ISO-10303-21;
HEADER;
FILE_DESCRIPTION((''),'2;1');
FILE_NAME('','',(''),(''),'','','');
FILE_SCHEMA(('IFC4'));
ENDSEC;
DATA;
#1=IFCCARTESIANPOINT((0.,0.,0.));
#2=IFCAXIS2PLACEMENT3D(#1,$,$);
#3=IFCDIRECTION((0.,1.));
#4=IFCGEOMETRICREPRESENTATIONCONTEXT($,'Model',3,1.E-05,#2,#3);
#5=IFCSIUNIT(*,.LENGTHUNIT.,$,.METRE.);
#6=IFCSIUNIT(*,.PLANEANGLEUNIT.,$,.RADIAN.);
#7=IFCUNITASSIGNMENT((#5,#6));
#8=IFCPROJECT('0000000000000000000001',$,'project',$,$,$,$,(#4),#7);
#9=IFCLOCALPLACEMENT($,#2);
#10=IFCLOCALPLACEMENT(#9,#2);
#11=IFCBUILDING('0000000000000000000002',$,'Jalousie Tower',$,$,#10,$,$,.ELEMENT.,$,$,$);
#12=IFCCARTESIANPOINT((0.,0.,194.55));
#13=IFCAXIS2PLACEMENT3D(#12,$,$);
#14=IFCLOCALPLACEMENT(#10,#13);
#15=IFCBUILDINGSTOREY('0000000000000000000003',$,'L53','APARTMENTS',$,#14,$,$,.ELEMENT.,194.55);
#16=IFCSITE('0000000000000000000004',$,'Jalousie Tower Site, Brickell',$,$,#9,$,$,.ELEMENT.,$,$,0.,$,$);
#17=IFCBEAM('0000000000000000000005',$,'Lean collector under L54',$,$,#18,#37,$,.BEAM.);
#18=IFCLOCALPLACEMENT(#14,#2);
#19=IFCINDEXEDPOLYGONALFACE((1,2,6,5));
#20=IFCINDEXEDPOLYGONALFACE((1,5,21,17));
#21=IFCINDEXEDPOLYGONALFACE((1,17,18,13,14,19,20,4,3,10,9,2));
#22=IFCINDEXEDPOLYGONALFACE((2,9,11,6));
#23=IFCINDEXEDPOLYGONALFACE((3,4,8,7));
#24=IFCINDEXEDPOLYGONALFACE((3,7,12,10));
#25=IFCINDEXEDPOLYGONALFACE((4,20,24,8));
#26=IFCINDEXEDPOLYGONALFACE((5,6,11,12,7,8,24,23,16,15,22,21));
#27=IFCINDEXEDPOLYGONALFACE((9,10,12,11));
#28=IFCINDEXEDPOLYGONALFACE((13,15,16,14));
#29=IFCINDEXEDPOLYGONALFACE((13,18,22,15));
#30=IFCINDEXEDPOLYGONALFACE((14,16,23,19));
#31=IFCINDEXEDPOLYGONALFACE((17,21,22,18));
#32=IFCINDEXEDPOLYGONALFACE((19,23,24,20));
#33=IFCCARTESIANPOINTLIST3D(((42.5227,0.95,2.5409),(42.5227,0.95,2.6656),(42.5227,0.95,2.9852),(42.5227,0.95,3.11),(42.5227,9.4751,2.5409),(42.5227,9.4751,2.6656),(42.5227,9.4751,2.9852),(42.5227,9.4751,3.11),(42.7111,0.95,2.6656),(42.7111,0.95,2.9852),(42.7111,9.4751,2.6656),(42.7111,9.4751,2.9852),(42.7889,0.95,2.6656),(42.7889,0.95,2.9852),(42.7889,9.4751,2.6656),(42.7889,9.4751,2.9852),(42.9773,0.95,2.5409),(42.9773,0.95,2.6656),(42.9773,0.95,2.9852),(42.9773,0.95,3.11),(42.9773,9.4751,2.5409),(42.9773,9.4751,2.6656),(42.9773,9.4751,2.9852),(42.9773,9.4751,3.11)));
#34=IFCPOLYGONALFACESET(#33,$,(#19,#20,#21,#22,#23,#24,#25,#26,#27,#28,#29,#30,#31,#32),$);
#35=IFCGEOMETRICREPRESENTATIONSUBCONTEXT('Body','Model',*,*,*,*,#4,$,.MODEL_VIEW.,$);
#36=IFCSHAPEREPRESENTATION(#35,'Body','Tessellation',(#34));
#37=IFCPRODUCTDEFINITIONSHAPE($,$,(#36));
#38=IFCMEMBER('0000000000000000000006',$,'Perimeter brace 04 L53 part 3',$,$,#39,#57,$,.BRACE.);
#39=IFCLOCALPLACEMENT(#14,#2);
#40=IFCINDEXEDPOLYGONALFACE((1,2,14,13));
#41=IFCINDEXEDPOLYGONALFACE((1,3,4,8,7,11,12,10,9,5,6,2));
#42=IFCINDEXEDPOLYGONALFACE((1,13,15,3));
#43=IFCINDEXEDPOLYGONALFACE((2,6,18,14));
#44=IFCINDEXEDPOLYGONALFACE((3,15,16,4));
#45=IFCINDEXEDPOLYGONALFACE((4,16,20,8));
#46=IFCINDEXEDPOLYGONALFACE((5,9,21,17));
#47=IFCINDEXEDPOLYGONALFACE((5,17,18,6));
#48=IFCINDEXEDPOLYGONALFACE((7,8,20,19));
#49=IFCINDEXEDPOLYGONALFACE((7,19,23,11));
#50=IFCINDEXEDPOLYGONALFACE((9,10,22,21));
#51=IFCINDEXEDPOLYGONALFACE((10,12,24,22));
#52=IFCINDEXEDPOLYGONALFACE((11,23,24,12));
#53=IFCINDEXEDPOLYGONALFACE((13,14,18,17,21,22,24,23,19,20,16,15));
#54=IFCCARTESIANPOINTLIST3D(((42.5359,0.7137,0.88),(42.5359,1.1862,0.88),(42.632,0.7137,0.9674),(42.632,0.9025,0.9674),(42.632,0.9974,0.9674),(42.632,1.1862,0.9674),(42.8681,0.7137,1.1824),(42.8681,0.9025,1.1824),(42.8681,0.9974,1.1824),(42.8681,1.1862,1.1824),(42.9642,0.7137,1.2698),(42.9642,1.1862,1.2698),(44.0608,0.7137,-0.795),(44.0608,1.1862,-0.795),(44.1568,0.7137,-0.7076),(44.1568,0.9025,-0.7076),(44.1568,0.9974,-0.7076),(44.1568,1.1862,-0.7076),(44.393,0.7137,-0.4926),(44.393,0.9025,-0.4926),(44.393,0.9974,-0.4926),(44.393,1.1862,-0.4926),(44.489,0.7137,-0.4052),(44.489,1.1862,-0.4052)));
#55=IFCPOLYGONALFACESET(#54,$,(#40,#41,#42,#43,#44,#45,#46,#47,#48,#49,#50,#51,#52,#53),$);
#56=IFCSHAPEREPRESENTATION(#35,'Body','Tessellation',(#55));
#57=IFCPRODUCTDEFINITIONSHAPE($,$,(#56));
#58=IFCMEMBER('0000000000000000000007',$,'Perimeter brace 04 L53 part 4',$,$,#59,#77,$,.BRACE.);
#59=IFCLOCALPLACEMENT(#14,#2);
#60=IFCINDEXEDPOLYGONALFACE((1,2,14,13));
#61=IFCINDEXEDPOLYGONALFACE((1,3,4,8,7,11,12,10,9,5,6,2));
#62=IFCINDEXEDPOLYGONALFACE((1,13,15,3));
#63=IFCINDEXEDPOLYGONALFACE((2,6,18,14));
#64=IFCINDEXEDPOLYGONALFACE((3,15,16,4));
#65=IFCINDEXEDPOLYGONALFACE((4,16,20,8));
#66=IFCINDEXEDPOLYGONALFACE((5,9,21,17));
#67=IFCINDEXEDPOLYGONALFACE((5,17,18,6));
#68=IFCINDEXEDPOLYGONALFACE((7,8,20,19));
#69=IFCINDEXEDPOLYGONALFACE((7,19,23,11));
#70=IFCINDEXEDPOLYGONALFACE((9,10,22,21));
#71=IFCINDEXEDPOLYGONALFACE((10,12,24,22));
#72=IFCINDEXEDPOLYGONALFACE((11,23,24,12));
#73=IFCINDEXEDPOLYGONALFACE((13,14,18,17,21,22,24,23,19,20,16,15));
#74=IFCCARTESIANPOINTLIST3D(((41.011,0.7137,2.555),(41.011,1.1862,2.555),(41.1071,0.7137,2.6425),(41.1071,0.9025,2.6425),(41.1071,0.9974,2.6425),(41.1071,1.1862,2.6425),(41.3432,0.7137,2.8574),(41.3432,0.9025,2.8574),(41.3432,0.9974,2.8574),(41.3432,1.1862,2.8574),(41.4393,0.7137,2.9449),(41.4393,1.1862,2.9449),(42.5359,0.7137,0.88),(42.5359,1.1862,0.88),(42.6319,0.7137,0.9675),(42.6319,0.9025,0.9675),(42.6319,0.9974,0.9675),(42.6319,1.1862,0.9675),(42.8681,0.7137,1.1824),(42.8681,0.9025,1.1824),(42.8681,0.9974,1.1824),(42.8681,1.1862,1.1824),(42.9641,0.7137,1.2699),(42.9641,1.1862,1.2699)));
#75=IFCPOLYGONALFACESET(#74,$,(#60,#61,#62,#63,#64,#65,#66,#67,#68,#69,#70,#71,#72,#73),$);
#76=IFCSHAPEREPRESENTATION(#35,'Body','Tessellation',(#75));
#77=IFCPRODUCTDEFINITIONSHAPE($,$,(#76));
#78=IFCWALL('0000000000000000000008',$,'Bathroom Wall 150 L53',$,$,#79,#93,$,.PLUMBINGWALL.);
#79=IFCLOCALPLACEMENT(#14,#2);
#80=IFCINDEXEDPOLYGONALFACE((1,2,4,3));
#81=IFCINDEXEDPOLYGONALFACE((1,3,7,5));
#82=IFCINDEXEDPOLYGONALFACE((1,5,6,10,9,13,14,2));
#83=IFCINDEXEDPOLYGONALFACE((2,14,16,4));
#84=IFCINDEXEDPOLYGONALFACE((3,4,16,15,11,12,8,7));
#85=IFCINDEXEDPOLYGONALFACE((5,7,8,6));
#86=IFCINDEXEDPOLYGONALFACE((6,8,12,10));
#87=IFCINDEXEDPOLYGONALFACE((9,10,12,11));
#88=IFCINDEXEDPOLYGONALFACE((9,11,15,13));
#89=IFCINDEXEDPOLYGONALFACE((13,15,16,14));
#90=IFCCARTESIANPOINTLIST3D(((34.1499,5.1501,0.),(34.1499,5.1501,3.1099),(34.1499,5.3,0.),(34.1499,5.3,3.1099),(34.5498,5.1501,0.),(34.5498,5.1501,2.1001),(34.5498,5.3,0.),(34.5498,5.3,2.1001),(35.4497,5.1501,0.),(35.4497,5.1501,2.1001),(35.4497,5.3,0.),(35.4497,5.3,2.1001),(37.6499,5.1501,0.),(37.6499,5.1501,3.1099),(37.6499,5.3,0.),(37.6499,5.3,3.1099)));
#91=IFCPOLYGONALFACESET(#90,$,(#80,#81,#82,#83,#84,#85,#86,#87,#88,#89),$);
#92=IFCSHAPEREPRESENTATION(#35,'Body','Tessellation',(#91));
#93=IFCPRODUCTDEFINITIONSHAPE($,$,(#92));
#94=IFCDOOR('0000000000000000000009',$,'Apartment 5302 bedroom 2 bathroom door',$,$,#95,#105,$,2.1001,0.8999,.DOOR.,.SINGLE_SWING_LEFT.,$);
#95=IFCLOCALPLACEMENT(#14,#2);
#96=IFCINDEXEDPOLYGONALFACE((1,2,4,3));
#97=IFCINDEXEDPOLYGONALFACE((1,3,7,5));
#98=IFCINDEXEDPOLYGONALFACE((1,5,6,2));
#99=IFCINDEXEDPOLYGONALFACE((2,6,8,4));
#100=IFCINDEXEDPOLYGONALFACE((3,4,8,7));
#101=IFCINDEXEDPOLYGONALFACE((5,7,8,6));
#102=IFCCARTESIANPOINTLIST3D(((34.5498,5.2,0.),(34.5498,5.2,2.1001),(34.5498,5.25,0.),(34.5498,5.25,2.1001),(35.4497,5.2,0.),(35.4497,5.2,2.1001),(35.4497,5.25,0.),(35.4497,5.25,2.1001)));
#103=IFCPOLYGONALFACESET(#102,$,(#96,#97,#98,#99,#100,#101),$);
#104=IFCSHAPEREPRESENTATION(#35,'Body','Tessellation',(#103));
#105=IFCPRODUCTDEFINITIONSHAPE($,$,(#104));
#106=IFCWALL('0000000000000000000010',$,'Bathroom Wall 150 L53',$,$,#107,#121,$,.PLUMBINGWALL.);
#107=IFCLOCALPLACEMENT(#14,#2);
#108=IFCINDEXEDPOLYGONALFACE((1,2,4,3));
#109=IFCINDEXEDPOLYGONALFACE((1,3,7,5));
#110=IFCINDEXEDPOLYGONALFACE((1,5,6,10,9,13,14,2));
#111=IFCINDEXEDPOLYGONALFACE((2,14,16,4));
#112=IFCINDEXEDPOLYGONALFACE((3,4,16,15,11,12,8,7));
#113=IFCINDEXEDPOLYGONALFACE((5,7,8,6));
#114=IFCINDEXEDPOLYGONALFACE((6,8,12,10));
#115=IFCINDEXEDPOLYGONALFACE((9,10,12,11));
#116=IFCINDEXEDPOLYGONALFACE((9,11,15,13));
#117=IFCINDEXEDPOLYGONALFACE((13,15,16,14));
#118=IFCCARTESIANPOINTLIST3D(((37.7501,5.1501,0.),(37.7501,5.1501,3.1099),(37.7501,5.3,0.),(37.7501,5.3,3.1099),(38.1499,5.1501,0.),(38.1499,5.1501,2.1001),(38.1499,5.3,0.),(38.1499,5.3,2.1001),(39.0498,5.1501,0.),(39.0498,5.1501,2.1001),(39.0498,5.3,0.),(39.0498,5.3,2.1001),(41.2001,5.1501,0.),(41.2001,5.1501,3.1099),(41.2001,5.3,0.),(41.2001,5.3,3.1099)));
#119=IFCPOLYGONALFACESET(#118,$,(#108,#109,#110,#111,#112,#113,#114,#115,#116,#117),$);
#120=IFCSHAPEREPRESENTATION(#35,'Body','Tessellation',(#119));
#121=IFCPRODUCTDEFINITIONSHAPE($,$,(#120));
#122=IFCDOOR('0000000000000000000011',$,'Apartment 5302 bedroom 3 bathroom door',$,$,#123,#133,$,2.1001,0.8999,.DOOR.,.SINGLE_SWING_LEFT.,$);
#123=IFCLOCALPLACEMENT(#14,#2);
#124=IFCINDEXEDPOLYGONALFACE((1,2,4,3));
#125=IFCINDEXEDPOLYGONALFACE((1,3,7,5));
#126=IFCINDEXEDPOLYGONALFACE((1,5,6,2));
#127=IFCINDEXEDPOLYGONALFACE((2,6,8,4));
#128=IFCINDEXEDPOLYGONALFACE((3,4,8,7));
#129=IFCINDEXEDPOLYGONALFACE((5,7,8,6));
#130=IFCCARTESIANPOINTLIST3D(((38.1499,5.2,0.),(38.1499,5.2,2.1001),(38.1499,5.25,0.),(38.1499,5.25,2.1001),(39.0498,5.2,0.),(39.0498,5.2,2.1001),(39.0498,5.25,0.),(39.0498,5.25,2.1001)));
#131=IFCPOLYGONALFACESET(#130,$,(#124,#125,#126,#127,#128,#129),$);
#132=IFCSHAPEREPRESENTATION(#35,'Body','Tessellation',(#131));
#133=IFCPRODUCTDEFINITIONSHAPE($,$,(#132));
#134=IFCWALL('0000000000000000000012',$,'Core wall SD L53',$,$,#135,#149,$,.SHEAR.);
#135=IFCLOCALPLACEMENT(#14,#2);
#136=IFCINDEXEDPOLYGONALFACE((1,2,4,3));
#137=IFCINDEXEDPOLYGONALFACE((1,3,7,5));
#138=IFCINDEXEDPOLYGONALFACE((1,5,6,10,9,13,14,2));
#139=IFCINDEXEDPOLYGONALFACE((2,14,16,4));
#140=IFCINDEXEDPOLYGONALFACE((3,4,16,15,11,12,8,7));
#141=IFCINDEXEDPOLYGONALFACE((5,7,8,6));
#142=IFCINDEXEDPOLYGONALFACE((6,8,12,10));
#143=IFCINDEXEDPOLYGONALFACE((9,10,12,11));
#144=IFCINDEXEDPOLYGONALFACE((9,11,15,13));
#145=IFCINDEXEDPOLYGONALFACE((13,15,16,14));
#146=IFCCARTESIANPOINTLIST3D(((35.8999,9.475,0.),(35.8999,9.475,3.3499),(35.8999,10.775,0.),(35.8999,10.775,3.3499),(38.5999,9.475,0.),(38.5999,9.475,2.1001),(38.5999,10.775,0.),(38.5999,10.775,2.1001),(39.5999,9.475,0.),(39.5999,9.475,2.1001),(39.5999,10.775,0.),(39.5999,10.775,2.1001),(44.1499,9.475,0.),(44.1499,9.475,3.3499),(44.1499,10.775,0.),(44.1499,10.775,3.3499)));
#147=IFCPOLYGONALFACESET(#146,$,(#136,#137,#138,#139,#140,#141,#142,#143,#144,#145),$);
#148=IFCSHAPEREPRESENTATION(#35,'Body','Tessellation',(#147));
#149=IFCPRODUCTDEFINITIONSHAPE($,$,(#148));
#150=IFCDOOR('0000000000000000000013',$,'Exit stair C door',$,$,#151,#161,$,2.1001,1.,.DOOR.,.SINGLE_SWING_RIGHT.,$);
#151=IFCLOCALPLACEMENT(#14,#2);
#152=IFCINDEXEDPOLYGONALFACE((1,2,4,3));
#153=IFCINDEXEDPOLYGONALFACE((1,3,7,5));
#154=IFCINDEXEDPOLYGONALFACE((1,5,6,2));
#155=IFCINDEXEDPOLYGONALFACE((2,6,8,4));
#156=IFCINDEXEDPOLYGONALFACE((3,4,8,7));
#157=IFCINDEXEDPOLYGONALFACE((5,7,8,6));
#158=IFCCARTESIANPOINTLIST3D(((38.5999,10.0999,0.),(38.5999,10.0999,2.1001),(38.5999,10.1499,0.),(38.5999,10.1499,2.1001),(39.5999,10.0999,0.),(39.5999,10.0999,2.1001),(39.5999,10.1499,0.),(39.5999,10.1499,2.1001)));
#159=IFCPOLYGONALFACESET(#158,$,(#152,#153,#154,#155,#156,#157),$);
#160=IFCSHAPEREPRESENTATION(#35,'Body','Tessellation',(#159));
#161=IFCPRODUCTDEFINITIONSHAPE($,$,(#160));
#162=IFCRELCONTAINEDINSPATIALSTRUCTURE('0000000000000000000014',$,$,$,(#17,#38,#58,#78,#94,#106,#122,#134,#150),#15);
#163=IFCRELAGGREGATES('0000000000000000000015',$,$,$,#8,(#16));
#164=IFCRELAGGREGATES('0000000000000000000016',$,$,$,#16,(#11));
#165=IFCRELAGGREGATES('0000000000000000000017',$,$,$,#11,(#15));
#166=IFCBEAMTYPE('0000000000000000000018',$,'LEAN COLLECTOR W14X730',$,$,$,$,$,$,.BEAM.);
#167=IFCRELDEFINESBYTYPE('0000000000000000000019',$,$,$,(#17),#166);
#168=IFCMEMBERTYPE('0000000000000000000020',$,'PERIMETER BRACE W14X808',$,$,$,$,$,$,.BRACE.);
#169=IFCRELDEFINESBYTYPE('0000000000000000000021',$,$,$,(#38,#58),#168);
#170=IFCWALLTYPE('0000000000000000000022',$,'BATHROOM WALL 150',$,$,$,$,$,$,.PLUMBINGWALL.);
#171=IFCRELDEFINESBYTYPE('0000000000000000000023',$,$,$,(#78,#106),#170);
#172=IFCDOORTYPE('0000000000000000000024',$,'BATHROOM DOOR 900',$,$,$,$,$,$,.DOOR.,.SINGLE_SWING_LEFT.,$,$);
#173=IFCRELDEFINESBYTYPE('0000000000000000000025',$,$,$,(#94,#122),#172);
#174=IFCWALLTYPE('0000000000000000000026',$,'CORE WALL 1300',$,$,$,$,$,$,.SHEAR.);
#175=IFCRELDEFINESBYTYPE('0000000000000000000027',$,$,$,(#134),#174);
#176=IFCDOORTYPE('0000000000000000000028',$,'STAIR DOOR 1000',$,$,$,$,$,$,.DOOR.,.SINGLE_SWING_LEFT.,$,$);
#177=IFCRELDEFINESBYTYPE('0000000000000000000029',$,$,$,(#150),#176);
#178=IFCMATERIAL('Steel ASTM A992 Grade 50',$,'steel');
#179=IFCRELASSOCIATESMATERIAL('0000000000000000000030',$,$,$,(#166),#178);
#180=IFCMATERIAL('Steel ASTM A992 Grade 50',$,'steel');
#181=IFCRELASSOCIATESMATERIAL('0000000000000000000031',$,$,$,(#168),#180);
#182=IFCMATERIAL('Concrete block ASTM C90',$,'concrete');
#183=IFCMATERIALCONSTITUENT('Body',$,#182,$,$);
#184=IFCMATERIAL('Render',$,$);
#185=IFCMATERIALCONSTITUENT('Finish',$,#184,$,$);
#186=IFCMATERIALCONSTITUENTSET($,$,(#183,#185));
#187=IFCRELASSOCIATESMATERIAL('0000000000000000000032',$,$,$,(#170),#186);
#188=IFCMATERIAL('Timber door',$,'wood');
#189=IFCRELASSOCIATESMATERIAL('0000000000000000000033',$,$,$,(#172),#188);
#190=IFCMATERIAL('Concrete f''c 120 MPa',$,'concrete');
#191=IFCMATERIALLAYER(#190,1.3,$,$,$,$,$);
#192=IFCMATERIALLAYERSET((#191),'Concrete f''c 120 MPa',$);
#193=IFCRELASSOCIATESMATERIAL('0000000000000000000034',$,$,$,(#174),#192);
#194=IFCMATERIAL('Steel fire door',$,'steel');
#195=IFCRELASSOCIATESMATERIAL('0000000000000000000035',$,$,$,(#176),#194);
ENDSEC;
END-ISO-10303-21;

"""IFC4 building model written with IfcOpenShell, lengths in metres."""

from ifc_helpers import new_model, si_unit, direction, frame, frame_2d, origin, origin_2d, place, context, subcontext, project, spatial, rectangle, i_section, extrude, material, layer, layer_set, constituent, constituent_set, material_profile, profile_set, type_object, element, fill, save


model = new_model("IFC4")

# Units and contexts
model_context = context("Model", 3, precision=1e-05, world=origin(), true_north=direction((0.0, 1.0)))
body_context = subcontext(model_context, "Body", "Model", "MODEL_VIEW")
ifc_project = project(units=[si_unit("LENGTHUNIT", "METRE"), si_unit("PLANEANGLEUNIT", "RADIAN")], contexts=[model_context])

# Site, building, storey
site_placement = place(None, origin())
site = spatial("IfcSite", under=ifc_project, at=site_placement, Name="Jalousie Tower Site, Brickell", CompositionType="ELEMENT", RefElevation=0.0)
building_placement = place(site_placement, origin())
building = spatial("IfcBuilding", under=site, at=building_placement, Name="Jalousie Tower", CompositionType="ELEMENT")
storey_placement = place(building_placement, frame((0.0, 0.0, 194.55)))
storey = spatial("IfcBuildingStorey", under=building, at=storey_placement, Name="L53", Description="APARTMENTS", CompositionType="ELEMENT", Elevation=194.55)

# Beam
ifc_material_1 = material(Name="Steel ASTM A992 Grade 50", Category="steel")
ifc_material_profile_1 = material_profile(ifc_material_1, i_section(OverallWidth=0.4546, OverallDepth=0.5691, WebThickness=0.0779, FlangeThickness=0.1248, at=origin_2d()), Name="W14X730")
ifc_profile_set_1 = profile_set([ifc_material_profile_1], Name="Steel ASTM A992 Grade 50")
beam_type = type_object("IfcBeamType", Name="LEAN COLLECTOR W14X730", PredefinedType="BEAM", material=ifc_profile_set_1)
beam_placement = place(storey_placement, frame((42.75, 0.95, 2.8254), z_axis=(0.0, 1.0, 0.0), x_axis=(-1.0, 0.0, 0.0)))
element("IfcBeam", 1, at=beam_placement, inside=storey, type_object=beam_type, Name="Lean collector under L54", PredefinedType="BEAM", context=body_context, shape_type="SweptSolid", body=[
    extrude(i_section(OverallWidth=0.4546, OverallDepth=0.5691, WebThickness=0.0779, FlangeThickness=0.1248, at=origin_2d()), origin(), (0.0, 0.0, 1.0), 8.5251),
])

# Members
ifc_material_2 = material(Name="Steel ASTM A992 Grade 50", Category="steel")
ifc_material_profile_2 = material_profile(ifc_material_2, i_section(OverallWidth=0.4724, OverallDepth=0.5791, WebThickness=0.095, FlangeThickness=0.1299, at=origin_2d()), Name="W14X808")
ifc_profile_set_2 = profile_set([ifc_material_profile_2], Name="Steel ASTM A992 Grade 50")
member_type = type_object("IfcMemberType", Name="PERIMETER BRACE W14X808", PredefinedType="BRACE", material=ifc_profile_set_2)
for number, where, z_axis, x_axis, name in (
    (2, (44.2749, 0.95, -0.6001), (-0.673188, 0.0, 0.739472), (0.0, -1.0, 0.0), "Perimeter brace 04 L53 part 3"),
    (3, (42.75, 0.95, 1.075), (-0.673188, 0.0, 0.739472), (0.0, -1.0, 0.0), "Perimeter brace 04 L53 part 4"),
):
    element("IfcMember", number, at=place(storey_placement, frame(where, z_axis=z_axis, x_axis=x_axis)), inside=storey, type_object=member_type, Name=name, PredefinedType="BRACE", context=body_context, shape_type="SweptSolid", body=[
        extrude(i_section(OverallWidth=0.4724, OverallDepth=0.5791, WebThickness=0.095, FlangeThickness=0.1299, at=origin_2d()), origin(), (0.0, 0.0, 1.0), 2.2651),
    ])

# Walls, openings, doors
ifc_material_3 = material(Name="Concrete block ASTM C90", Category="concrete")
ifc_constituent_1 = constituent(ifc_material_3, Name="Body")
ifc_material_4 = material(Name="Render")
ifc_constituent_2 = constituent(ifc_material_4, Name="Finish")
ifc_constituent_set_1 = constituent_set(constituents=[ifc_constituent_1, ifc_constituent_2])
wall_type_1 = type_object("IfcWallType", Name="BATHROOM WALL 150", PredefinedType="PLUMBINGWALL", material=ifc_constituent_set_1)
wall_1_placement = place(storey_placement, frame((34.1499, 5.2251, 0.0), z_axis=(0.0, 0.0, 1.0), x_axis=(1.0, 0.0, 0.0)))
wall_1 = element("IfcWall", 4, at=wall_1_placement, inside=storey, type_object=wall_type_1, Name="Bathroom Wall 150 L53", PredefinedType="PLUMBINGWALL", context=body_context, shape_type="SweptSolid", body=[
    extrude(rectangle(XDim=3.5, YDim=0.1499, at=frame_2d((1.75, 0.0))), origin(), (0.0, 0.0, 1.0), 3.1099),
])
opening_1_placement = place(wall_1_placement, frame((0.3999, 0.0, 0.0)))
opening_1 = element("IfcOpeningElement", 5, at=opening_1_placement, cuts=wall_1, PredefinedType="OPENING", context=body_context, shape_type="SweptSolid", body=[
    extrude(rectangle(XDim=0.8999, YDim=2.1001, at=frame_2d((0.45, 1.05))), frame((0.0, 0.085, 0.0), z_axis=(0.0, -1.0, 0.0), x_axis=(1.0, 0.0, 0.0)), (0.0, 0.0, 1.0), 0.1699),
])
ifc_material_5 = material(Name="Timber door", Category="wood")
door_type_1 = type_object("IfcDoorType", Name="BATHROOM DOOR 900", OperationType="SINGLE_SWING_LEFT", PredefinedType="DOOR", material=ifc_material_5)
door_1_placement = place(opening_1_placement, origin())
door_1 = element("IfcDoor", 6, at=door_1_placement, inside=storey, type_object=door_type_1, Name="Apartment 5302 bedroom 2 bathroom door", OperationType="SINGLE_SWING_LEFT", OverallHeight=2.1001, OverallWidth=0.8999, PredefinedType="DOOR", context=body_context, shape_type="SweptSolid", body=[
    extrude(rectangle(XDim=0.8999, YDim=2.1001, at=frame_2d((0.45, 1.05))), frame((0.0, 0.0249, 0.0), z_axis=(0.0, -1.0, 0.0), x_axis=(1.0, 0.0, 0.0)), (0.0, 0.0, 1.0), 0.05),
])
fill(opening_1, door_1)
wall_2_placement = place(storey_placement, frame((37.75, 5.2251, 0.0), z_axis=(0.0, 0.0, 1.0), x_axis=(1.0, 0.0, 0.0)))
wall_2 = element("IfcWall", 7, at=wall_2_placement, inside=storey, type_object=wall_type_1, Name="Bathroom Wall 150 L53", PredefinedType="PLUMBINGWALL", context=body_context, shape_type="SweptSolid", body=[
    extrude(rectangle(XDim=3.45, YDim=0.1499, at=frame_2d((1.7251, 0.0))), origin(), (0.0, 0.0, 1.0), 3.1099),
])
opening_2_placement = place(wall_2_placement, frame((0.3999, 0.0, 0.0)))
opening_2 = element("IfcOpeningElement", 8, at=opening_2_placement, cuts=wall_2, PredefinedType="OPENING", context=body_context, shape_type="SweptSolid", body=[
    extrude(rectangle(XDim=0.8999, YDim=2.1001, at=frame_2d((0.45, 1.05))), frame((0.0, 0.085, 0.0), z_axis=(0.0, -1.0, 0.0), x_axis=(1.0, 0.0, 0.0)), (0.0, 0.0, 1.0), 0.1699),
])
door_2_placement = place(opening_2_placement, origin())
door_2 = element("IfcDoor", 9, at=door_2_placement, inside=storey, type_object=door_type_1, Name="Apartment 5302 bedroom 3 bathroom door", OperationType="SINGLE_SWING_LEFT", OverallHeight=2.1001, OverallWidth=0.8999, PredefinedType="DOOR", context=body_context, shape_type="SweptSolid", body=[
    extrude(rectangle(XDim=0.8999, YDim=2.1001, at=frame_2d((0.45, 1.05))), frame((0.0, 0.0249, 0.0), z_axis=(0.0, -1.0, 0.0), x_axis=(1.0, 0.0, 0.0)), (0.0, 0.0, 1.0), 0.05),
])
fill(opening_2, door_2)
ifc_material_6 = material(Name="Concrete f'c 120 MPa", Category="concrete")
ifc_layer_1 = layer(ifc_material_6, 1.3)
ifc_layer_set_1 = layer_set([ifc_layer_1], Name="Concrete f'c 120 MPa")
wall_type_2 = type_object("IfcWallType", Name="CORE WALL 1300", PredefinedType="SHEAR", material=ifc_layer_set_1)
wall_3_placement = place(storey_placement, frame((35.8999, 10.125, 0.0), z_axis=(0.0, 0.0, 1.0), x_axis=(1.0, 0.0, 0.0)))
wall_3 = element("IfcWall", 10, at=wall_3_placement, inside=storey, type_object=wall_type_2, Name="Core wall SD L53", PredefinedType="SHEAR", context=body_context, shape_type="SweptSolid", body=[
    extrude(rectangle(XDim=8.25, YDim=1.3, at=frame_2d((4.125, 0.0))), origin(), (0.0, 0.0, 1.0), 3.3499),
])
opening_3_placement = place(wall_3_placement, frame((2.7, 0.0, 0.0)))
opening_3 = element("IfcOpeningElement", 11, at=opening_3_placement, cuts=wall_3, PredefinedType="OPENING", context=body_context, shape_type="SweptSolid", body=[
    extrude(rectangle(XDim=1.0, YDim=2.1001, at=frame_2d((0.5, 1.05))), frame((0.0, 0.6599, 0.0), z_axis=(0.0, -1.0, 0.0), x_axis=(1.0, 0.0, 0.0)), (0.0, 0.0, 1.0), 1.3201),
])
ifc_material_7 = material(Name="Steel fire door", Category="steel")
door_type_2 = type_object("IfcDoorType", Name="STAIR DOOR 1000", OperationType="SINGLE_SWING_LEFT", PredefinedType="DOOR", material=ifc_material_7)
door_3_placement = place(opening_3_placement, origin())
door_3 = element("IfcDoor", 12, at=door_3_placement, inside=storey, type_object=door_type_2, Name="Exit stair C door", OperationType="SINGLE_SWING_RIGHT", OverallHeight=2.1001, OverallWidth=1.0, PredefinedType="DOOR", context=body_context, shape_type="SweptSolid", body=[
    extrude(rectangle(XDim=1.0, YDim=2.1001, at=frame_2d((0.5, 1.05))), frame((0.0, 0.0249, 0.0), z_axis=(0.0, -1.0, 0.0), x_axis=(1.0, 0.0, 0.0)), (0.0, 0.0, 1.0), 0.05),
])
fill(opening_3, door_3)

save(model, "model.ifc")
